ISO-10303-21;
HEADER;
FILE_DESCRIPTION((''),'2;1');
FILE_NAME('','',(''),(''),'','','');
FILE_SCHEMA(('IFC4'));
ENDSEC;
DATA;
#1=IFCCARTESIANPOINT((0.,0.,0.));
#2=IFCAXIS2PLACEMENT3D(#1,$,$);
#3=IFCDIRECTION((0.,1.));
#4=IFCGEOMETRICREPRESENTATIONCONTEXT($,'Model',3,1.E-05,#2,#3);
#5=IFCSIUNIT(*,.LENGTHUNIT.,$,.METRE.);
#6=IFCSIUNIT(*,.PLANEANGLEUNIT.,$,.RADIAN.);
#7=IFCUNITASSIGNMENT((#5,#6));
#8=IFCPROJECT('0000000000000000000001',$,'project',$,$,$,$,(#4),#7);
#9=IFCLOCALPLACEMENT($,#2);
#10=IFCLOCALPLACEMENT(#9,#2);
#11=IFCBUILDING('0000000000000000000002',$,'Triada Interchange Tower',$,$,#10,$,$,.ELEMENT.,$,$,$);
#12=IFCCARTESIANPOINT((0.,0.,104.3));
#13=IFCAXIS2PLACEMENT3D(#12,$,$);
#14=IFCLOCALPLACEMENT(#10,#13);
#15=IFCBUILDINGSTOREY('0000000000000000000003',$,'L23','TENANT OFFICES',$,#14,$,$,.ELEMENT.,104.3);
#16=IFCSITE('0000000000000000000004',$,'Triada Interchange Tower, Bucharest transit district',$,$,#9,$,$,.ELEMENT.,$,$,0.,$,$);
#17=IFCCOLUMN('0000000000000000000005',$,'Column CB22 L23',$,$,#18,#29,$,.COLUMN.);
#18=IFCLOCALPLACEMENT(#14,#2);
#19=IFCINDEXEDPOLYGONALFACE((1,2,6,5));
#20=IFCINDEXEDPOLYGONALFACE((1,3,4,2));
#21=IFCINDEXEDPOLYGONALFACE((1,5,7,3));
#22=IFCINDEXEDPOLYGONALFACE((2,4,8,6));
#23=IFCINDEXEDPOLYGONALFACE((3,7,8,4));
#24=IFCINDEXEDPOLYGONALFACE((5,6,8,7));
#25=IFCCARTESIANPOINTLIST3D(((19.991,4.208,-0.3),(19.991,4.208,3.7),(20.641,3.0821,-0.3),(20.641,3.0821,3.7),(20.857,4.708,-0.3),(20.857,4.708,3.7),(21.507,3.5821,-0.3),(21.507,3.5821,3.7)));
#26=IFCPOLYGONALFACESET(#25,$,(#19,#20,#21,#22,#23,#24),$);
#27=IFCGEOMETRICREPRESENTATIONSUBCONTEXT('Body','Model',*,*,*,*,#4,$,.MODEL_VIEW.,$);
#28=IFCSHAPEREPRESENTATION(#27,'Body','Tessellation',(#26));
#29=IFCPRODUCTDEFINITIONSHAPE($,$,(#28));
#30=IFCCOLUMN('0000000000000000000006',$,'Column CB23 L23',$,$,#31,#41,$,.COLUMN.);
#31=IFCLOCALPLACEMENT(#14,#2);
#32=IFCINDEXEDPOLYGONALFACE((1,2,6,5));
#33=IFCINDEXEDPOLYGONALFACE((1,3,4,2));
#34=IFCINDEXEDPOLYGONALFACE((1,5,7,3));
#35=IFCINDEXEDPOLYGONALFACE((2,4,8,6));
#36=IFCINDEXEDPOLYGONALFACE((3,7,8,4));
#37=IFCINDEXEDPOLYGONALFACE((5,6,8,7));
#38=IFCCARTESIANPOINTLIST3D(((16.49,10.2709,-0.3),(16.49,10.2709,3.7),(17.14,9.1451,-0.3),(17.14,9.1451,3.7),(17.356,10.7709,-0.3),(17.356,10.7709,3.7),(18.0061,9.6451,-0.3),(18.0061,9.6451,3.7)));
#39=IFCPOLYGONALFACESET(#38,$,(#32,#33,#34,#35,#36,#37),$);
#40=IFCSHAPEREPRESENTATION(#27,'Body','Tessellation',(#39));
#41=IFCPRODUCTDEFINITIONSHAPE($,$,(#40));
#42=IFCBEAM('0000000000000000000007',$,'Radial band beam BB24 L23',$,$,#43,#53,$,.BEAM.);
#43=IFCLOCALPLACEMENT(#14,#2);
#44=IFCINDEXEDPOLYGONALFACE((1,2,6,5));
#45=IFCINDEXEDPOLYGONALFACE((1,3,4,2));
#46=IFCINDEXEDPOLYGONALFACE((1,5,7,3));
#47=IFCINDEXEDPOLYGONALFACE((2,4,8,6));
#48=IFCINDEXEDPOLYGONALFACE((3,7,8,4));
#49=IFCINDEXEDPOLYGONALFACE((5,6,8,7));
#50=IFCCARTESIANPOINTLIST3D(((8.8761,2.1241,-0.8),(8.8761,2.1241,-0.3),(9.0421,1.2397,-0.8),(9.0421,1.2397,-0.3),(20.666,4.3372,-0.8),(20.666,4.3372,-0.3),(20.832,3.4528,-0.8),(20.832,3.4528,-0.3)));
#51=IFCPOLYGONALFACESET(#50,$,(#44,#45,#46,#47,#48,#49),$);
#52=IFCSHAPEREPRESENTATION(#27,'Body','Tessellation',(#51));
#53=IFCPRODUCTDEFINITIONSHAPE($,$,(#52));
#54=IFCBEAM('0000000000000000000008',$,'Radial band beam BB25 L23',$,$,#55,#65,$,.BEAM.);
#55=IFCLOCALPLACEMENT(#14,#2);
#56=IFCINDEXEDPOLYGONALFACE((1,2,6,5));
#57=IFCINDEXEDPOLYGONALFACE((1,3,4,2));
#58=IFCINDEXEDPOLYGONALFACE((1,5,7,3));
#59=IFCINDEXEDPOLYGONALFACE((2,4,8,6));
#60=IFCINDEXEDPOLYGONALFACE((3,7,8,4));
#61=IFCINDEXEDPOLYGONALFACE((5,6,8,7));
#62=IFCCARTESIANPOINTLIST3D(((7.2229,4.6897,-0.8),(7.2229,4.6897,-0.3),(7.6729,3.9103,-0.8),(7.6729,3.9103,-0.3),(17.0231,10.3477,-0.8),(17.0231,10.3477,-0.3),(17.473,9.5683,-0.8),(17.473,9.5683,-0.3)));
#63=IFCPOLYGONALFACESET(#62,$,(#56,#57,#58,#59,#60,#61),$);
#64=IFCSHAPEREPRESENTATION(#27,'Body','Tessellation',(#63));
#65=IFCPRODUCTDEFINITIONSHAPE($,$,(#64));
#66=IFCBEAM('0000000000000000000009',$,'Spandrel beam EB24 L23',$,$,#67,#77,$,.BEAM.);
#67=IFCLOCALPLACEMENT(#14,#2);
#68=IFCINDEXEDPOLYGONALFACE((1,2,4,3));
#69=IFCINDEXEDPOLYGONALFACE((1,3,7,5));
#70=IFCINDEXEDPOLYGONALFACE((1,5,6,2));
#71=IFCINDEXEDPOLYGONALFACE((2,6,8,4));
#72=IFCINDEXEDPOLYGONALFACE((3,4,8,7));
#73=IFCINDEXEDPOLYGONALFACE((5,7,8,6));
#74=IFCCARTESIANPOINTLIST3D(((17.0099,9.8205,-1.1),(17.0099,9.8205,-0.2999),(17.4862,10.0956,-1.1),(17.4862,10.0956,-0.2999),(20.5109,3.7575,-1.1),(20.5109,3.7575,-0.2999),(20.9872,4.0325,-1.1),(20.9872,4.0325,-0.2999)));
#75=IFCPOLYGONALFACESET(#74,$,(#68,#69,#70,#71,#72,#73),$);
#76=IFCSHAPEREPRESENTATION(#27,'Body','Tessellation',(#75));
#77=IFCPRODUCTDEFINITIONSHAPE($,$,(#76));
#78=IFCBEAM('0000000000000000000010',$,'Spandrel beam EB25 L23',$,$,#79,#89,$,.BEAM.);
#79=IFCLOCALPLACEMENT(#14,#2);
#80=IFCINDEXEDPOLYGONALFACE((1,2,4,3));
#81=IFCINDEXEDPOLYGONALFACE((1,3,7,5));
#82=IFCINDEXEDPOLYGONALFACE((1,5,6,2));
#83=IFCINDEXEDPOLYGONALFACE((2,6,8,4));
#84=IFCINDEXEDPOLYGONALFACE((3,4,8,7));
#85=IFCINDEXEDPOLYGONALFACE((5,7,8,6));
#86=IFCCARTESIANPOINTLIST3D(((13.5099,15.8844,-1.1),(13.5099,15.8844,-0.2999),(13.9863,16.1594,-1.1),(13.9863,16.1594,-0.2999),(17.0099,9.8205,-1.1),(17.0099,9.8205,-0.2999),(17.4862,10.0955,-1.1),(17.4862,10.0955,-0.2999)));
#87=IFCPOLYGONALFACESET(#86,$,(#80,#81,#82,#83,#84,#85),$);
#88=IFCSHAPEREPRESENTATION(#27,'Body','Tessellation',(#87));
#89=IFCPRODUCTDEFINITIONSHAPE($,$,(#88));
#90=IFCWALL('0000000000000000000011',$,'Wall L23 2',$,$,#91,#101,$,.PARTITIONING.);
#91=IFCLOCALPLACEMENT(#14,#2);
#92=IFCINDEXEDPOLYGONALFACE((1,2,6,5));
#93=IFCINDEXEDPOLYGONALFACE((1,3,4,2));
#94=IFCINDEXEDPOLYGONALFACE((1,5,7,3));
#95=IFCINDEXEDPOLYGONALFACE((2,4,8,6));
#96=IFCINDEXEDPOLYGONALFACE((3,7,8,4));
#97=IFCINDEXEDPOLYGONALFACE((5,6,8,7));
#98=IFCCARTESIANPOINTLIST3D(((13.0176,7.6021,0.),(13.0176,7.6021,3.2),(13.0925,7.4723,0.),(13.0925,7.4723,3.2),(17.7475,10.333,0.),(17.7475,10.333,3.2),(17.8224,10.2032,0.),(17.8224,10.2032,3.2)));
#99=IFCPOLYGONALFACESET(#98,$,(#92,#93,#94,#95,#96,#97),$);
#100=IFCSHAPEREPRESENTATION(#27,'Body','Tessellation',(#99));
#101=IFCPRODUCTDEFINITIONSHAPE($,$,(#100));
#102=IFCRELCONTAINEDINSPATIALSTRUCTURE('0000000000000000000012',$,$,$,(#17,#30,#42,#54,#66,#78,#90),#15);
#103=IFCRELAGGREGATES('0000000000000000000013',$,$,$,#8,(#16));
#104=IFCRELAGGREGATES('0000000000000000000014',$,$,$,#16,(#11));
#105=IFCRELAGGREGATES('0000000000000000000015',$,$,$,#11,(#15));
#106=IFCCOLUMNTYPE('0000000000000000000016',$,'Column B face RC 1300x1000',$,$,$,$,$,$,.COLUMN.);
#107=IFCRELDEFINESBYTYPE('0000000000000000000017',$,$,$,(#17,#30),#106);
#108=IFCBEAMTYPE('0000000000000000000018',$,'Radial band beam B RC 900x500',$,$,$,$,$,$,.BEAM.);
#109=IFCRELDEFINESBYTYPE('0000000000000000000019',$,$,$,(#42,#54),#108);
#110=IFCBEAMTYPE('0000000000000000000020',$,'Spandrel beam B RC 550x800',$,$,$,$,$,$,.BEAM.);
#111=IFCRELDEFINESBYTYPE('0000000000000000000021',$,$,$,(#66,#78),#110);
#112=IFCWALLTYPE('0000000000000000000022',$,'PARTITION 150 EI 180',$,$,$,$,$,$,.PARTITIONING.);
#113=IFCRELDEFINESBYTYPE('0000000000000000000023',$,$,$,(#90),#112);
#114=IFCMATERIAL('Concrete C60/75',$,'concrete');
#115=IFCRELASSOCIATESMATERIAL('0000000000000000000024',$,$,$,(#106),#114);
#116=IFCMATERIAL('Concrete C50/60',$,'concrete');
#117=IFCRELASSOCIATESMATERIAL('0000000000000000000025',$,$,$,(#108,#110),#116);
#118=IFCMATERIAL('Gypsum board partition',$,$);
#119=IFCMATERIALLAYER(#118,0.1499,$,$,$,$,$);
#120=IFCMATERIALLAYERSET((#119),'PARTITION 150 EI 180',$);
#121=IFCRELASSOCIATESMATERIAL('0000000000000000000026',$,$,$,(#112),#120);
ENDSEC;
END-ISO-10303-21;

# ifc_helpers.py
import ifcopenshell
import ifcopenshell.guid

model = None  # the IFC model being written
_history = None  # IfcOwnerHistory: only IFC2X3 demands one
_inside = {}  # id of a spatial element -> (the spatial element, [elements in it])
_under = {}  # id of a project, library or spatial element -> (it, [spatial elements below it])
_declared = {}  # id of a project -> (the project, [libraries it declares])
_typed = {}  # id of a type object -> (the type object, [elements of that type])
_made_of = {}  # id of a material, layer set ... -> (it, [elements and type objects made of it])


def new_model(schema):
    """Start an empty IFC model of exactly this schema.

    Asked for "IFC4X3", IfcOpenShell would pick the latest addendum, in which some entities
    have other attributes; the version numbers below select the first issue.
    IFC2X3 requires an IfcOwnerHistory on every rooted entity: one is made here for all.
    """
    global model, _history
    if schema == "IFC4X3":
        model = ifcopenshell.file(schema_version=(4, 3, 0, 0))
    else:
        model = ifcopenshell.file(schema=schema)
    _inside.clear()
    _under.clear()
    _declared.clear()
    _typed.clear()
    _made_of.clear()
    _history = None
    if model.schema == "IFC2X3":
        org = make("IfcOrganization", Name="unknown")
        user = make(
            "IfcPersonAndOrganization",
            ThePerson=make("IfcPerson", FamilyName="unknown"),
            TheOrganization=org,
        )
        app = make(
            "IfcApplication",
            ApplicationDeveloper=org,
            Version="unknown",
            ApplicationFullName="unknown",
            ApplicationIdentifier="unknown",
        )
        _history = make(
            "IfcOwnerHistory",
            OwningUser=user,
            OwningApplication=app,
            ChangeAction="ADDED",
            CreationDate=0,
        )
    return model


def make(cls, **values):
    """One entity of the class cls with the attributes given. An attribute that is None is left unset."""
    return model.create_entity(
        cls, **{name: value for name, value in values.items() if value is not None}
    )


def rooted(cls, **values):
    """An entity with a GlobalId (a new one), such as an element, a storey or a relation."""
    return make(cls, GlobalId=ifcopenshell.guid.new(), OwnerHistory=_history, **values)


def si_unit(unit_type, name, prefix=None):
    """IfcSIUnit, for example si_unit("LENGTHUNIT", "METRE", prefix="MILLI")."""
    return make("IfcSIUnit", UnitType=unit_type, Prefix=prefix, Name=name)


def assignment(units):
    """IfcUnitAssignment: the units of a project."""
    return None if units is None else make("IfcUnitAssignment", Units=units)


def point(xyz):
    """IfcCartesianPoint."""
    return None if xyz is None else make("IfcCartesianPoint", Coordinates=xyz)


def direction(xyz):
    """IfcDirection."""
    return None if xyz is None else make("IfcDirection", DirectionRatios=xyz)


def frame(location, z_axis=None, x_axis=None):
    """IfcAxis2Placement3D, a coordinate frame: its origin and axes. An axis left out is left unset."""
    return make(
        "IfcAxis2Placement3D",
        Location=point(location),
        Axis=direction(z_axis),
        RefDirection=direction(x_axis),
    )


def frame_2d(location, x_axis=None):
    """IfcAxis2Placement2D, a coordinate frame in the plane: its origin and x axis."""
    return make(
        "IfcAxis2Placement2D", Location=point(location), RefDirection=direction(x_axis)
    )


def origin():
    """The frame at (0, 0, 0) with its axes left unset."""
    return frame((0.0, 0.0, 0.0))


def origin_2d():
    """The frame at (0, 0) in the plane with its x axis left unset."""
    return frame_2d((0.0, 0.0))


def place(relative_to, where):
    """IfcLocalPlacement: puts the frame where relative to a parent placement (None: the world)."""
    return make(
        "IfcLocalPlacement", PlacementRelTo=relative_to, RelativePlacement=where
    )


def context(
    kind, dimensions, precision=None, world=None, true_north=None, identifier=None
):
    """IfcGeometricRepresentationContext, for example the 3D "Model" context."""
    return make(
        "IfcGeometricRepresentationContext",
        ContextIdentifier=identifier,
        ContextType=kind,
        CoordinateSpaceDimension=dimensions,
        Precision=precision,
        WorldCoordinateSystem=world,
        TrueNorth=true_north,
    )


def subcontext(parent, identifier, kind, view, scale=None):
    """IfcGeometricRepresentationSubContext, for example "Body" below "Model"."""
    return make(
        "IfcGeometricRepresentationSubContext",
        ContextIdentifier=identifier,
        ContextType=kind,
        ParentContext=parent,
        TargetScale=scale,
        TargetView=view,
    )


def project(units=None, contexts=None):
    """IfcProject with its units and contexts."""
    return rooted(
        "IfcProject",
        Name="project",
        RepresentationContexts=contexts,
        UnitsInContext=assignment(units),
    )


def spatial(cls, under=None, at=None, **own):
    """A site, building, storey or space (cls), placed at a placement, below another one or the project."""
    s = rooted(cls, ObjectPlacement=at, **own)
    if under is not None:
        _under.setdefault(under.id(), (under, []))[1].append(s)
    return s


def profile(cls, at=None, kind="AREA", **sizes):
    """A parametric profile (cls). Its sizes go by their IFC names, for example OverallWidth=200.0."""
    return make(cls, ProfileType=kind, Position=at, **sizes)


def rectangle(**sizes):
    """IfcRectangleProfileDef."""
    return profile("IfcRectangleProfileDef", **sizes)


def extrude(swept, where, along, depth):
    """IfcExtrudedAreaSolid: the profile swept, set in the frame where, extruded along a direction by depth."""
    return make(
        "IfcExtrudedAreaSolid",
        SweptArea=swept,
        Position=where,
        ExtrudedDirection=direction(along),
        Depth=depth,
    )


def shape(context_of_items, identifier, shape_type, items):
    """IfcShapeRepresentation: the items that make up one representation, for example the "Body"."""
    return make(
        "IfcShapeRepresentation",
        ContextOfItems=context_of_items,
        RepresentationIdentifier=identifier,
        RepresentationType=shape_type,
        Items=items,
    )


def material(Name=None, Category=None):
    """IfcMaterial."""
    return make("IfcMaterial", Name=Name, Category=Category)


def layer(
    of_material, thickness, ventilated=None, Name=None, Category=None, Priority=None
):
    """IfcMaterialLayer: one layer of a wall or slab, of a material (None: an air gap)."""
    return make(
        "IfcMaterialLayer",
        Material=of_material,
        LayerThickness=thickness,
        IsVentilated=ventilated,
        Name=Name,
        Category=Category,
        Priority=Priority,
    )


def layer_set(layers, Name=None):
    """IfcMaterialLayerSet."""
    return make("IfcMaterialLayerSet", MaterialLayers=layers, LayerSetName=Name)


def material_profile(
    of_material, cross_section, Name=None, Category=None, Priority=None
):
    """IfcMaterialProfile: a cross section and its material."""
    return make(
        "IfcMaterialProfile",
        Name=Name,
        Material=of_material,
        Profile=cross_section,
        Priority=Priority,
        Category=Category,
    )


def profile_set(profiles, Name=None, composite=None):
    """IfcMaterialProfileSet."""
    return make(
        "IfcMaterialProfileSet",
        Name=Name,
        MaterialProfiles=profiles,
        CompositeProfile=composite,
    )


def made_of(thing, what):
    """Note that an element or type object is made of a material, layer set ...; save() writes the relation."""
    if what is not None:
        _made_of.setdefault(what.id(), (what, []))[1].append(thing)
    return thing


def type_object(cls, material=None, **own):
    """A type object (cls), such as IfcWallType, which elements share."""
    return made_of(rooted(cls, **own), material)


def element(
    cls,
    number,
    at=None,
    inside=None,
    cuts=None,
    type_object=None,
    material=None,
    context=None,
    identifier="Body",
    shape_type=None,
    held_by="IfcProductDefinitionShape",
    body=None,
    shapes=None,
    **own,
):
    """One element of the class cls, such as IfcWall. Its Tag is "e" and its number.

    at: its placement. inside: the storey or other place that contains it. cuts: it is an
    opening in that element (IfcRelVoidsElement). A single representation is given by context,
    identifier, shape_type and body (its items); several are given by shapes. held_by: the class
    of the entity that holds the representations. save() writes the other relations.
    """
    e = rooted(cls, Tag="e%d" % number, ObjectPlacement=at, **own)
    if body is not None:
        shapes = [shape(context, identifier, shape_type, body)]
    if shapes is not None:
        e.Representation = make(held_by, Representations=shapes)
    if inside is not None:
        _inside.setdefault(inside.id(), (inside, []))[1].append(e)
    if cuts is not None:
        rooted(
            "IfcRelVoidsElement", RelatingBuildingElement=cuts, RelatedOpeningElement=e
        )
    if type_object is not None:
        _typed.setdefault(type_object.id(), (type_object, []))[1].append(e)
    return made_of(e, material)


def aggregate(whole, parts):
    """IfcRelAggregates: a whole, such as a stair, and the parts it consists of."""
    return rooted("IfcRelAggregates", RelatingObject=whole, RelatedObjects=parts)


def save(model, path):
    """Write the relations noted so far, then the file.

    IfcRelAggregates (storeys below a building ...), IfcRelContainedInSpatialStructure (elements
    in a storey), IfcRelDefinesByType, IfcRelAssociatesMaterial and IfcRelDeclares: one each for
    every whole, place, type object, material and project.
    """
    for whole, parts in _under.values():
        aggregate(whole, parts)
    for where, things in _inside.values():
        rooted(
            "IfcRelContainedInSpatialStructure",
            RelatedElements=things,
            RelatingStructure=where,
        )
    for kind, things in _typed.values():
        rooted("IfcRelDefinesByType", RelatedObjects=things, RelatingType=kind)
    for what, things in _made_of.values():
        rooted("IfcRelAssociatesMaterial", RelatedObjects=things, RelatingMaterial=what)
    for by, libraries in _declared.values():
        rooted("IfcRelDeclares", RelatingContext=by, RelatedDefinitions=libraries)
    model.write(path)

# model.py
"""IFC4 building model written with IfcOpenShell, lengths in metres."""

from ifc_helpers import new_model, si_unit, direction, frame, frame_2d, origin, origin_2d, place, context, subcontext, project, spatial, rectangle, extrude, material, layer, layer_set, material_profile, profile_set, type_object, element, save


model = new_model("IFC4")

# Units and contexts
model_context = context("Model", 3, precision=1e-05, world=origin(), true_north=direction((0.0, 1.0)))
body_context = subcontext(model_context, "Body", "Model", "MODEL_VIEW")
ifc_project = project(units=[si_unit("LENGTHUNIT", "METRE"), si_unit("PLANEANGLEUNIT", "RADIAN")], contexts=[model_context])

# Site, building, storey
site_placement = place(None, origin())
site = spatial("IfcSite", under=ifc_project, at=site_placement, Name="Triada Interchange Tower, Bucharest transit district", CompositionType="ELEMENT", RefElevation=0.0)
building_placement = place(site_placement, origin())
building = spatial("IfcBuilding", under=site, at=building_placement, Name="Triada Interchange Tower", CompositionType="ELEMENT")
storey_placement = place(building_placement, frame((0.0, 0.0, 104.3)))
storey = spatial("IfcBuildingStorey", under=building, at=storey_placement, Name="L23", Description="TENANT OFFICES", CompositionType="ELEMENT", Elevation=104.3)

# Columns
ifc_material_1 = material(Name="Concrete C60/75", Category="concrete")
ifc_material_profile_1 = material_profile(ifc_material_1, rectangle(XDim=1.3, YDim=1.0, at=origin_2d()), Name="RC 1300x1000")
ifc_profile_set_1 = profile_set([ifc_material_profile_1], Name="Concrete C60/75")
column_type = type_object("IfcColumnType", Name="Column B face RC 1300x1000", PredefinedType="COLUMN", material=ifc_profile_set_1)
for number, where, z_axis, x_axis, name in (
    (1, (20.749, 3.895, -0.3), (0.0, 0.0, 1.0), (-0.5, 0.866025, 0.0), "Column CB22 L23"),
    (2, (17.248, 9.958, -0.3), (0.0, 0.0, 1.0), (-0.5, 0.866025, 0.0), "Column CB23 L23"),
):
    element("IfcColumn", number, at=place(storey_placement, frame(where, z_axis=z_axis, x_axis=x_axis)), inside=storey, type_object=column_type, Name=name, PredefinedType="COLUMN", context=body_context, shape_type="SweptSolid", body=[
        extrude(rectangle(XDim=1.3, YDim=1.0, at=origin_2d()), origin(), (0.0, 0.0, 1.0), 4.0),
    ])

# Beams
ifc_material_2 = material(Name="Concrete C50/60", Category="concrete")
ifc_material_profile_2 = material_profile(ifc_material_2, rectangle(XDim=0.8999, YDim=0.5, at=origin_2d()), Name="RC 900x500")
ifc_profile_set_2 = profile_set([ifc_material_profile_2], Name="Concrete C50/60")
beam_type_1 = type_object("IfcBeamType", Name="Radial band beam B RC 900x500", PredefinedType="BEAM", material=ifc_profile_set_2)
beam_1_placement = place(storey_placement, frame((20.749, 3.895, -0.55), z_axis=(-0.982834, -0.18449, 0.0), x_axis=(0.18449, -0.982834, 0.0)))
element("IfcBeam", 3, at=beam_1_placement, inside=storey, type_object=beam_type_1, Name="Radial band beam BB24 L23", PredefinedType="BEAM", context=body_context, shape_type="SweptSolid", body=[
    extrude(rectangle(XDim=0.8999, YDim=0.5, at=origin_2d()), origin(), (0.0, 0.0, 1.0), 11.9958),
])
beam_2_placement = place(storey_placement, frame((17.248, 9.958, -0.55), z_axis=(-0.866029, -0.499993, 0.0), x_axis=(0.499993, -0.866029, 0.0)))
element("IfcBeam", 4, at=beam_2_placement, inside=storey, type_object=beam_type_1, Name="Radial band beam BB25 L23", PredefinedType="BEAM", context=body_context, shape_type="SweptSolid", body=[
    extrude(rectangle(XDim=0.8999, YDim=0.5, at=origin_2d()), origin(), (0.0, 0.0, 1.0), 11.3162),
])
ifc_material_profile_3 = material_profile(ifc_material_2, rectangle(XDim=0.55, YDim=0.8, at=origin_2d()), Name="RC 550x800")
ifc_profile_set_3 = profile_set([ifc_material_profile_3], Name="Concrete C50/60")
beam_type_2 = type_object("IfcBeamType", Name="Spandrel beam B RC 550x800", PredefinedType="BEAM", material=ifc_profile_set_3)
beam_3_placement = place(storey_placement, frame((20.749, 3.895, -0.7), z_axis=(-0.500054, 0.865994, 0.0), x_axis=(-0.865994, -0.500054, 0.0)))
element("IfcBeam", 5, at=beam_3_placement, inside=storey, type_object=beam_type_2, Name="Spandrel beam EB24 L23", PredefinedType="BEAM", context=body_context, shape_type="SweptSolid", body=[
    extrude(rectangle(XDim=0.55, YDim=0.8, at=origin_2d()), origin(), (0.0, 0.0, 1.0), 7.0012),
])
beam_4_placement = place(storey_placement, frame((17.248, 9.958, -0.7), z_axis=(-0.499889, 0.866089, 0.0), x_axis=(-0.866089, -0.499889, 0.0)))
element("IfcBeam", 6, at=beam_4_placement, inside=storey, type_object=beam_type_2, Name="Spandrel beam EB25 L23", PredefinedType="BEAM", context=body_context, shape_type="SweptSolid", body=[
    extrude(rectangle(XDim=0.55, YDim=0.8, at=origin_2d()), origin(), (0.0, 0.0, 1.0), 7.0015),
])

# Wall
ifc_material_3 = material(Name="Gypsum board partition")
ifc_layer_1 = layer(ifc_material_3, 0.1499)
ifc_layer_set_1 = layer_set([ifc_layer_1], Name="PARTITION 150 EI 180")
wall_type = type_object("IfcWallType", Name="PARTITION 150 EI 180", PredefinedType="PARTITIONING", material=ifc_layer_set_1)
wall_1_placement = place(storey_placement, frame((13.0549, 7.5371, 0.0), z_axis=(0.0, 0.0, 1.0), x_axis=(0.866017, 0.500014, 0.0)))
element("IfcWall", 7, at=wall_1_placement, inside=storey, type_object=wall_type, Name="Wall L23 2", PredefinedType="PARTITIONING", context=body_context, shape_type="SweptSolid", body=[
    extrude(rectangle(XDim=5.4617, YDim=0.1499, at=frame_2d((2.731, 0.0))), origin(), (0.0, 0.0, 1.0), 3.2),
])

save(model, "model.ifc")
